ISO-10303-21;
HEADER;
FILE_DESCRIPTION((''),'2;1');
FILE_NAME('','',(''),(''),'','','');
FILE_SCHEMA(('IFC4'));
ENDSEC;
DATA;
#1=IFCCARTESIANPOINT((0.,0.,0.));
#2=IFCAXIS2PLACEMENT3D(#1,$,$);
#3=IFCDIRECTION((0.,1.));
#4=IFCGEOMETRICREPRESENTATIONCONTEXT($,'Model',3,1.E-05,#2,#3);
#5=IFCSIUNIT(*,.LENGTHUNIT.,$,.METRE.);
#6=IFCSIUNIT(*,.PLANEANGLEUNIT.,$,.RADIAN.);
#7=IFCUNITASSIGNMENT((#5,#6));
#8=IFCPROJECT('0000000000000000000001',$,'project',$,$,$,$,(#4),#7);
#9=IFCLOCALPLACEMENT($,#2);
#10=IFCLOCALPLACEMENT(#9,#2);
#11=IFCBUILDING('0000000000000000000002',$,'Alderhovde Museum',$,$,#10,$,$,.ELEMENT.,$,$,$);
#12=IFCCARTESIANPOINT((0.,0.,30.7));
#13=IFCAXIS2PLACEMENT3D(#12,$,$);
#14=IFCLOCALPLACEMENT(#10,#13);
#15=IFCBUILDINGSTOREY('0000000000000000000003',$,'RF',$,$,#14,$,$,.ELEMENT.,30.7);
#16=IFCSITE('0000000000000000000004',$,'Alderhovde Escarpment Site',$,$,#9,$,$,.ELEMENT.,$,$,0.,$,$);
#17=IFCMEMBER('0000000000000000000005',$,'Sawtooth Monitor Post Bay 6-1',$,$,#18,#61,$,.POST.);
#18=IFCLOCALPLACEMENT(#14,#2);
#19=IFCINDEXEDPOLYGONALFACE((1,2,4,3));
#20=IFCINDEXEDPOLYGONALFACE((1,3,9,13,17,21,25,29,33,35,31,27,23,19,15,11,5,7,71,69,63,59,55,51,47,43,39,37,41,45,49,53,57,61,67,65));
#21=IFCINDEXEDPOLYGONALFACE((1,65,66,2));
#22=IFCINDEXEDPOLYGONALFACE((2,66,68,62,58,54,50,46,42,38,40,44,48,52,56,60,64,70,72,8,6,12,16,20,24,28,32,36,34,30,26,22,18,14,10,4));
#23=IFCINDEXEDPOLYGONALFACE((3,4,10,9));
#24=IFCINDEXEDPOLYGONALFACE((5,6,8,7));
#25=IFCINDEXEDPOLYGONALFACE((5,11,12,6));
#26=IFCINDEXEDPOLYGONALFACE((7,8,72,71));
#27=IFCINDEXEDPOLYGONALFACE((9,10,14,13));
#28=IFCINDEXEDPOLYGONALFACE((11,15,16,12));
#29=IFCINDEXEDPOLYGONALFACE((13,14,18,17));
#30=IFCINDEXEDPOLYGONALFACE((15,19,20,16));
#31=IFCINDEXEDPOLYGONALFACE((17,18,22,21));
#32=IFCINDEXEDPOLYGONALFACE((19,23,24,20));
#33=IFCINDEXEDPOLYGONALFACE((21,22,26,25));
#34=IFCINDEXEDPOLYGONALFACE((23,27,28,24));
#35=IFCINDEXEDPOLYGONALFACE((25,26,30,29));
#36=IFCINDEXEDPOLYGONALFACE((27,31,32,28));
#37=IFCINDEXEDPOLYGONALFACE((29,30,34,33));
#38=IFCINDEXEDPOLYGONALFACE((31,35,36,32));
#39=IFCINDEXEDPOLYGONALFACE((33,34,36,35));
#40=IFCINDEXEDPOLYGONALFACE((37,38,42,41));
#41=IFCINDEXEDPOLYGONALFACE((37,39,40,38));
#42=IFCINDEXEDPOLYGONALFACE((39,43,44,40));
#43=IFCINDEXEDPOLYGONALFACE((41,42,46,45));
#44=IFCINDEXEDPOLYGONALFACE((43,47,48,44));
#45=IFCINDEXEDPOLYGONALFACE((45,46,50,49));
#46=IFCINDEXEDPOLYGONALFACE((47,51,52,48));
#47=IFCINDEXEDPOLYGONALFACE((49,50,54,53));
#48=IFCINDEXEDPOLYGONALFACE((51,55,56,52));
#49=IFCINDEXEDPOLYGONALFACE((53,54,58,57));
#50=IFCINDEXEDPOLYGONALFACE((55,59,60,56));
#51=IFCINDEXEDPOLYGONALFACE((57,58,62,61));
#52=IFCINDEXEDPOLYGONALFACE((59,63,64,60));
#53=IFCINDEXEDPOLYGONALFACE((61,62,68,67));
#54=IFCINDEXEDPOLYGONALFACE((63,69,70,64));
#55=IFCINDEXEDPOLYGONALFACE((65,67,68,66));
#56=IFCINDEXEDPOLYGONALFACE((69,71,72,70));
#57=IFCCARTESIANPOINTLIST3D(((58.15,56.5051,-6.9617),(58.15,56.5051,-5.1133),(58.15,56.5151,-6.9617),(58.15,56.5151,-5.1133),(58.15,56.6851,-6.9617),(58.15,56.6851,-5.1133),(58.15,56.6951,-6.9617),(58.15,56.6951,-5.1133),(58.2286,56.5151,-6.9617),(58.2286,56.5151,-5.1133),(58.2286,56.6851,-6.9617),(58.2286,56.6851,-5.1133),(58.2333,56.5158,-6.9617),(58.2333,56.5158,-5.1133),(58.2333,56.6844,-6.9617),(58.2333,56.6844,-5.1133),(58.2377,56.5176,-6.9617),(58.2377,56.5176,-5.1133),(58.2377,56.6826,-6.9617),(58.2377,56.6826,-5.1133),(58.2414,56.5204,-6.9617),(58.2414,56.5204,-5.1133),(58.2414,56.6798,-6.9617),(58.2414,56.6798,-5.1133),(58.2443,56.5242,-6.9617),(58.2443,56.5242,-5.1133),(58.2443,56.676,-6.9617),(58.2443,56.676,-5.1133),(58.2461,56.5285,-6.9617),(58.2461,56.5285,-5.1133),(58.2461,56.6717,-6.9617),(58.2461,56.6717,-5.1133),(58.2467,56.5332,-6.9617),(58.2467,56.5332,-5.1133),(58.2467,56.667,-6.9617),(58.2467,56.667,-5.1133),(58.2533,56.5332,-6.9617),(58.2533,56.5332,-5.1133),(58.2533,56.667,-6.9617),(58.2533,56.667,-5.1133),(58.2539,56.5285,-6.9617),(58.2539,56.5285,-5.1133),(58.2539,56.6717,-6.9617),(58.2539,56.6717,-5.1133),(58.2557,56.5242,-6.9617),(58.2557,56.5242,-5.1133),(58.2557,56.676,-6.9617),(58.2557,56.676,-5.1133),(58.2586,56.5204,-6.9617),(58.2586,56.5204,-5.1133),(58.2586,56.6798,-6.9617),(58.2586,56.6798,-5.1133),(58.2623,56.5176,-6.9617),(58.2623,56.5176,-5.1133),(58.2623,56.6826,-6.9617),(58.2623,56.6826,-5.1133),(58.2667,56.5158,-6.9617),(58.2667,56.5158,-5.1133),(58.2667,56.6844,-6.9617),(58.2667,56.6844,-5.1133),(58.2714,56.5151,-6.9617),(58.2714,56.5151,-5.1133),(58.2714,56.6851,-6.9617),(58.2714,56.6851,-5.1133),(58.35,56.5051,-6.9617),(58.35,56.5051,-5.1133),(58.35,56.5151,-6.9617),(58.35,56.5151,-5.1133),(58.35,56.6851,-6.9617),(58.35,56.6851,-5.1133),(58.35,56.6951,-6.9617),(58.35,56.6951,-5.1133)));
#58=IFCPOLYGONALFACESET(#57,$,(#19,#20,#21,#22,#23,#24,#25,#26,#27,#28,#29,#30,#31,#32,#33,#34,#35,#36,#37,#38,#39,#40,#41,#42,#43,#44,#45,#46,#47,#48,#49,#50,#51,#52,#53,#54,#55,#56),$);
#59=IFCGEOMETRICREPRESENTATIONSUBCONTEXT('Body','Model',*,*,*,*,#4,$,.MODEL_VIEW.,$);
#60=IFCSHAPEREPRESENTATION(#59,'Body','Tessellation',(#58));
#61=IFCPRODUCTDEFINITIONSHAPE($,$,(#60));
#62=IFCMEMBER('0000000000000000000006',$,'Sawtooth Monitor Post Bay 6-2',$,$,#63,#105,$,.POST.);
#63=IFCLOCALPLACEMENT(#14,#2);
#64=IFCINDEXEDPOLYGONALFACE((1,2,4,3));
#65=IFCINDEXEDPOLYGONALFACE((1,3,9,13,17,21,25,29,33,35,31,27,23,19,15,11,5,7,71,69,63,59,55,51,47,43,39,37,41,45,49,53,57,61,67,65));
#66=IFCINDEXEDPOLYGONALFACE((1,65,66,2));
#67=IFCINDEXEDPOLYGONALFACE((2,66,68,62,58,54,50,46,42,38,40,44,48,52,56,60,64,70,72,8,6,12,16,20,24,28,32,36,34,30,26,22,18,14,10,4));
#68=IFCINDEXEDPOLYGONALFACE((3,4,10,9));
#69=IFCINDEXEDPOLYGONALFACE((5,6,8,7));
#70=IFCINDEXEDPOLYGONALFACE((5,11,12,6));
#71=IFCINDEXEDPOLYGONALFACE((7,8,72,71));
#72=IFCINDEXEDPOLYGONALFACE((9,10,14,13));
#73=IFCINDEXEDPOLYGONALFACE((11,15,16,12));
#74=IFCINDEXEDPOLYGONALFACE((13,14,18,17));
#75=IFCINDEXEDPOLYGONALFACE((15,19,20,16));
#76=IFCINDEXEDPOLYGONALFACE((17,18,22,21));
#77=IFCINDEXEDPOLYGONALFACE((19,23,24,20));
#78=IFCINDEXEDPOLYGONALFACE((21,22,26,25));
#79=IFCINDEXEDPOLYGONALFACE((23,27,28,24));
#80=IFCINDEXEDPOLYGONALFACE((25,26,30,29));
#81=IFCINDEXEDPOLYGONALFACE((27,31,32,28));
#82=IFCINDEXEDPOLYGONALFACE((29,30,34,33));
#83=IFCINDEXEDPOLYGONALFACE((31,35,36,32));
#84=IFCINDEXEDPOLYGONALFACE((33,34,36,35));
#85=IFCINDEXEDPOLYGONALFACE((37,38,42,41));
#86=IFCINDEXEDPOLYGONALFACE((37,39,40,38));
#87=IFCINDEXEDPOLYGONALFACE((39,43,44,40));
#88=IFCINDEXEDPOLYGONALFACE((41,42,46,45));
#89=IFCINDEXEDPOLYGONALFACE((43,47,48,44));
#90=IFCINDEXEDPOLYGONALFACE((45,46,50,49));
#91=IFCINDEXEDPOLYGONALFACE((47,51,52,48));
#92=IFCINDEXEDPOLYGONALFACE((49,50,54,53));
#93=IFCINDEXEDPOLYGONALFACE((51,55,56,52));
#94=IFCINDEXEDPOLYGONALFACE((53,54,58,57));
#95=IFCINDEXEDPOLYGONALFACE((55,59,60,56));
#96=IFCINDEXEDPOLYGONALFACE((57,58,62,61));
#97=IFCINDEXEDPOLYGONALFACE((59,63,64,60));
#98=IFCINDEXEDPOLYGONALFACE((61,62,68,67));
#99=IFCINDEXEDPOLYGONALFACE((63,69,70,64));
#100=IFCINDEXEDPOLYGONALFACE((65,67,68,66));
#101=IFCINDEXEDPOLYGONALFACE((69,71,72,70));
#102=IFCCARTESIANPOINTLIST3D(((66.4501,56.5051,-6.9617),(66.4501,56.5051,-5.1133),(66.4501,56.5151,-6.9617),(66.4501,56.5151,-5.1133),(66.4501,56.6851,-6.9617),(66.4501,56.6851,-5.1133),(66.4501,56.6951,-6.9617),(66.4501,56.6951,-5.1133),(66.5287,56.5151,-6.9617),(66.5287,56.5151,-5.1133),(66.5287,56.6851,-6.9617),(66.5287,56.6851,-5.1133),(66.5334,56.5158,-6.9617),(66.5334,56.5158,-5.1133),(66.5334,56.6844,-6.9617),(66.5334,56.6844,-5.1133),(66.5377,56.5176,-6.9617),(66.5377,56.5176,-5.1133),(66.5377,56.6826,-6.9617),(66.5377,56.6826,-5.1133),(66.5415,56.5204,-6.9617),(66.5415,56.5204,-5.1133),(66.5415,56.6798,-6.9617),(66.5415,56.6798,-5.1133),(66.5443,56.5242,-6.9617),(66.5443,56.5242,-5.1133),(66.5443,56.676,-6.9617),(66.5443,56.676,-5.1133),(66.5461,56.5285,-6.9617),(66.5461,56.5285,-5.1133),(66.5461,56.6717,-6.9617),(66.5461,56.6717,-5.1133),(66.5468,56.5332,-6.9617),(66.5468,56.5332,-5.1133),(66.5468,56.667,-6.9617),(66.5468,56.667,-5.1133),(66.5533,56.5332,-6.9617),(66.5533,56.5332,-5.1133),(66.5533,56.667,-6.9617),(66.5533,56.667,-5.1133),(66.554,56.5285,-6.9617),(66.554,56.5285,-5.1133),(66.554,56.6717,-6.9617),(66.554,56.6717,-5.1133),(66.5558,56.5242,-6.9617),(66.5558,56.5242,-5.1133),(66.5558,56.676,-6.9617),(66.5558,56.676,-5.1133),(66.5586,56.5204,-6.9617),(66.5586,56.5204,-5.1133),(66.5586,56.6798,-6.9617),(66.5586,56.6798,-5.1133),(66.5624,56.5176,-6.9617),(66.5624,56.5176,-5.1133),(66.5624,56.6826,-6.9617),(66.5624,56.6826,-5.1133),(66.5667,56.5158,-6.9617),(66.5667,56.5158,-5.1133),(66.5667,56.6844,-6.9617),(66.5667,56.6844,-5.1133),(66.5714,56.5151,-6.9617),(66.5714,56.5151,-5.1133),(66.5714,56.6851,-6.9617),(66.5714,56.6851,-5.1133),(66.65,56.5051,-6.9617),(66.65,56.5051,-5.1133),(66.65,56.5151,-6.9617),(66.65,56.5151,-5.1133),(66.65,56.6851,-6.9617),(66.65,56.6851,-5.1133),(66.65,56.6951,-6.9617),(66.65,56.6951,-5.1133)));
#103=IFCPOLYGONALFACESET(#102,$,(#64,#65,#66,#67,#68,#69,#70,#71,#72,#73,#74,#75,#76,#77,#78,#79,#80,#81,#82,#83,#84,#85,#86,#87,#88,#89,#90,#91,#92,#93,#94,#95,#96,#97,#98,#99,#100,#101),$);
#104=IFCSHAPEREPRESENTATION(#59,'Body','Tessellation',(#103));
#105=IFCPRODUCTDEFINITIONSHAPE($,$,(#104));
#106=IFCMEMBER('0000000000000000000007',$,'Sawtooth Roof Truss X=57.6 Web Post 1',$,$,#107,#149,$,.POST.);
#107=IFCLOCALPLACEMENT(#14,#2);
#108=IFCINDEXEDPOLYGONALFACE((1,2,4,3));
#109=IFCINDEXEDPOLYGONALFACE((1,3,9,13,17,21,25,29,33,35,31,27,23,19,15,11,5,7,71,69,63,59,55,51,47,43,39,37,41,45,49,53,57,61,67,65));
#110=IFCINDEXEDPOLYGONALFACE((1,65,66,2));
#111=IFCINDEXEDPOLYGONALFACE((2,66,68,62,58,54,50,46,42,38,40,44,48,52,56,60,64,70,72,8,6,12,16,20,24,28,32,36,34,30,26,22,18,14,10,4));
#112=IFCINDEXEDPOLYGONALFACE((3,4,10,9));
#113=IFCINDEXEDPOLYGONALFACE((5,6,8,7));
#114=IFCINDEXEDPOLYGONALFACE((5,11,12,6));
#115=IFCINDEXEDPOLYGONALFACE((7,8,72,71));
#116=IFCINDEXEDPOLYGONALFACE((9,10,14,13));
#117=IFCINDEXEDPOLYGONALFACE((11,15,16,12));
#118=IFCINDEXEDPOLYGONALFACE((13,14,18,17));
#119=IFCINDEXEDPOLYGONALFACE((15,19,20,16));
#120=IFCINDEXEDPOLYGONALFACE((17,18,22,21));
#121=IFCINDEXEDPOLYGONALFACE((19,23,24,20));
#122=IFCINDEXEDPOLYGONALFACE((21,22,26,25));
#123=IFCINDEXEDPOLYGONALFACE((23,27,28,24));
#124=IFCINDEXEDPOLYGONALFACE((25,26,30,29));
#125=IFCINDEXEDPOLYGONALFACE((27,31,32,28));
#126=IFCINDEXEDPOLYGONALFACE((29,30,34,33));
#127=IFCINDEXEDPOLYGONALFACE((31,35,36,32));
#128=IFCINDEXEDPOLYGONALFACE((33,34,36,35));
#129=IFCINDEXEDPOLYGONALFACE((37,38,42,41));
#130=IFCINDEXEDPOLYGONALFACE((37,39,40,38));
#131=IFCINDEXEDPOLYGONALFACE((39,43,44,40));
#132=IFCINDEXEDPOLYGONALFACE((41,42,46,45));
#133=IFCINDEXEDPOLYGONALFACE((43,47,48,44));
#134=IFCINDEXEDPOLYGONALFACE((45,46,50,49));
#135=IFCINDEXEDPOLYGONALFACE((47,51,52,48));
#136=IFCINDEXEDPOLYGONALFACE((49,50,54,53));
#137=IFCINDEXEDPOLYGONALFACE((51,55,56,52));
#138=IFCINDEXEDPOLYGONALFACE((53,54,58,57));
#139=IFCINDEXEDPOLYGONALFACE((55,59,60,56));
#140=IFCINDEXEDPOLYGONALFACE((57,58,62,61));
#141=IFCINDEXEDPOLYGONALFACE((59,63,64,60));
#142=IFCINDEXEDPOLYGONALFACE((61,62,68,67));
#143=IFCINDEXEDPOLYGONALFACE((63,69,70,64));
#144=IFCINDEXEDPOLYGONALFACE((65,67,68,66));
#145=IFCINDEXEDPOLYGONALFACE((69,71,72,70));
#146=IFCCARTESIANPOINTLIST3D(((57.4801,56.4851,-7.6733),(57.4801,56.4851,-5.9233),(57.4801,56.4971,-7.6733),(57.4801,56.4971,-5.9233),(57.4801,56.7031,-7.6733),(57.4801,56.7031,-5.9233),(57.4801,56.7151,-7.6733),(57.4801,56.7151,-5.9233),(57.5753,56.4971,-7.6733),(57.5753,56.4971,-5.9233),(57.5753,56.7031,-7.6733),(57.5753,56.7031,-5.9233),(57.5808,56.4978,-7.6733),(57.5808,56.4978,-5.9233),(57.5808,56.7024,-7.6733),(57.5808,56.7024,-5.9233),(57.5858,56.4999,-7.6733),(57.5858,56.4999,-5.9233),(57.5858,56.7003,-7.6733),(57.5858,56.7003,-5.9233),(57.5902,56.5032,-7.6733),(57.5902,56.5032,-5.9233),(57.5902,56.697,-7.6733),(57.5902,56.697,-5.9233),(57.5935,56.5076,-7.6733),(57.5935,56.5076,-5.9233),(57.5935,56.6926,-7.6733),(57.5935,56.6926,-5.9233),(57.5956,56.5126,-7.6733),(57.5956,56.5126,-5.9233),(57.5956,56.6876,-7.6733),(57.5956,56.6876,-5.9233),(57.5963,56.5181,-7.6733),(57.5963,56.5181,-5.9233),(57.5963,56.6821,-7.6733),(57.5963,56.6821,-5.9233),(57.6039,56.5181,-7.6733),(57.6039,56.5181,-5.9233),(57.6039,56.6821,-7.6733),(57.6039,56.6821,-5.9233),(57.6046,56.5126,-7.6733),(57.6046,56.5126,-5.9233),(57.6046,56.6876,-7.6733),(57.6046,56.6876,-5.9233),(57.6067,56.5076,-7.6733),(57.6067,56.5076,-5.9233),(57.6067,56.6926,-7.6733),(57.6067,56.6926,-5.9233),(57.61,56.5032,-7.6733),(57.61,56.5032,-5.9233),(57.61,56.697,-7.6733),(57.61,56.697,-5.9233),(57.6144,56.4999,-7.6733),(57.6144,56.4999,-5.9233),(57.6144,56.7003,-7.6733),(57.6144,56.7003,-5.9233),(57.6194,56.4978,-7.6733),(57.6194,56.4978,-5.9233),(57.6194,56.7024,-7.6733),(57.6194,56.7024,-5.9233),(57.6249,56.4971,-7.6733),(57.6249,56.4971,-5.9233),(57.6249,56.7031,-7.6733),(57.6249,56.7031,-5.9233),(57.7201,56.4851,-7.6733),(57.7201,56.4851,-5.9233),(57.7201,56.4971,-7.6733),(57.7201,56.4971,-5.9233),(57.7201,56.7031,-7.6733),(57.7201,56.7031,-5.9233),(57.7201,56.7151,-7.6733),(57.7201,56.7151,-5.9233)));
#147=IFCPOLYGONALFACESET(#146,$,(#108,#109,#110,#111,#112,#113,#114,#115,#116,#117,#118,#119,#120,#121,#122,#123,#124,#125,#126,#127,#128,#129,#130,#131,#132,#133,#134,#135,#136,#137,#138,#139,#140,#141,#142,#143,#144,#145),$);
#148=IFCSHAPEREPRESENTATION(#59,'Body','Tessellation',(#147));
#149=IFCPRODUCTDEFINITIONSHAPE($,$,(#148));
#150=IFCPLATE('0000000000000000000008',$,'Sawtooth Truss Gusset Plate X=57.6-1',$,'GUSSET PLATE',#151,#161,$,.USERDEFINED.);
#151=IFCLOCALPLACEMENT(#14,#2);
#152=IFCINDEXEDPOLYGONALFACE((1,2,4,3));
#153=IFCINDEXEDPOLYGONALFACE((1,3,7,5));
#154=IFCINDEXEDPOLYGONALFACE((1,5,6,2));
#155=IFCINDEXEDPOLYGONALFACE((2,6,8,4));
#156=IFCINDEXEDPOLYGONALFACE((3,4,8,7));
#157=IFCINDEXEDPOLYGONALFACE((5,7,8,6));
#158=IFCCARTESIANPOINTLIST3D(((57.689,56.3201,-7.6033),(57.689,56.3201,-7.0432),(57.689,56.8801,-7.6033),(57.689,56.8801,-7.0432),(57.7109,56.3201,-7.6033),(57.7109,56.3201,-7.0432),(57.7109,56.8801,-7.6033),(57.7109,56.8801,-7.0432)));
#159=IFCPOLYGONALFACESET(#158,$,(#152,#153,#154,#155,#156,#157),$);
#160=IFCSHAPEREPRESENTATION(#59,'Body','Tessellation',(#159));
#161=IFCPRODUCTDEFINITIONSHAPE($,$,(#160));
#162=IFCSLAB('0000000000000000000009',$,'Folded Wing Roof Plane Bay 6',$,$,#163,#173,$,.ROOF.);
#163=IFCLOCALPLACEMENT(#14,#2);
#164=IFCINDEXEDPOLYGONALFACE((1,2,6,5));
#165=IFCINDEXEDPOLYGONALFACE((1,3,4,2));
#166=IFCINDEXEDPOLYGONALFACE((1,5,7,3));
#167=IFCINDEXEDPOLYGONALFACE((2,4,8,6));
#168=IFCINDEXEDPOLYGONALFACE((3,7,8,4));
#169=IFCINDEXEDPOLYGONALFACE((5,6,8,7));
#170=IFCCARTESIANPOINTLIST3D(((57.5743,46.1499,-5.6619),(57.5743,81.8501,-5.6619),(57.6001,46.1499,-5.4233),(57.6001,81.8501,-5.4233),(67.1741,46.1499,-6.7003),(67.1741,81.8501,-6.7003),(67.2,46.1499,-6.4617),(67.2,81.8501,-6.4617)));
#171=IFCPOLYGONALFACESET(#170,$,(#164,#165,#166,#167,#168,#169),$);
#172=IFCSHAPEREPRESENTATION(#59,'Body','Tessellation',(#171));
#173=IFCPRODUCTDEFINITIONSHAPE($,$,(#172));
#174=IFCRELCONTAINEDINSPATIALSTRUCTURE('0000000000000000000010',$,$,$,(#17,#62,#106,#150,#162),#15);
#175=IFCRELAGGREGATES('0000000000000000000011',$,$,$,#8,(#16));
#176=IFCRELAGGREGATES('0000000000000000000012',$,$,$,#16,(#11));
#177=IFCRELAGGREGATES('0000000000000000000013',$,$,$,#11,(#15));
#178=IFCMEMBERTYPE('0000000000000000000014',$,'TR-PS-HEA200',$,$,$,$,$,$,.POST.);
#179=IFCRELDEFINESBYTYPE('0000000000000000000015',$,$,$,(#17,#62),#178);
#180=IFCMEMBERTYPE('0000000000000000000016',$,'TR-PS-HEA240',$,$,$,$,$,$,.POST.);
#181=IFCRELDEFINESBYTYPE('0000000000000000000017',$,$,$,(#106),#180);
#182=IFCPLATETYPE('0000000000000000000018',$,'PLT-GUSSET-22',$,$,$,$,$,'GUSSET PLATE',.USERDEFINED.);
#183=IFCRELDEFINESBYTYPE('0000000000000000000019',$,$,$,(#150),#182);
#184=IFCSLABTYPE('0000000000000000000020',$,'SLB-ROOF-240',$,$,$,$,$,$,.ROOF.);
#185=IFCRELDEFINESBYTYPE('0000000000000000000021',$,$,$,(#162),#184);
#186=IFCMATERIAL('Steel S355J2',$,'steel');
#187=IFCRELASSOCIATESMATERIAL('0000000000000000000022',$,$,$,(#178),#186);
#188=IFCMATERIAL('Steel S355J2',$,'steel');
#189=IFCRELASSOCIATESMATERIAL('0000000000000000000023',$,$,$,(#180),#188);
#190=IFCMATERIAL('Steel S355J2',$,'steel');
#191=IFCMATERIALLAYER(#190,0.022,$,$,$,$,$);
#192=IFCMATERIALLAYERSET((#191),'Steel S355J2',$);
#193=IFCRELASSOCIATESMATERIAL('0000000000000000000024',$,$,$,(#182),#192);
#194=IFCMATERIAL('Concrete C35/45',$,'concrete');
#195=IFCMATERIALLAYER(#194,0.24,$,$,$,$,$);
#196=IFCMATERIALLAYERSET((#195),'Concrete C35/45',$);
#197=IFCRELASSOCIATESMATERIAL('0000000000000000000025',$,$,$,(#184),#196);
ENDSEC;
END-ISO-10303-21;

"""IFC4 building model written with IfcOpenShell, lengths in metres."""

from ifc_helpers import new_model, si_unit, direction, frame, origin, origin_2d, place, context, subcontext, project, spatial, polyline, rectangle, i_section, outline, extrude, material, layer, layer_set, material_profile, profile_set, type_object, element, save


model = new_model("IFC4")

# Units and contexts
model_context = context("Model", 3, precision=1e-05, world=origin(), true_north=direction((0.0, 1.0)))
body_context = subcontext(model_context, "Body", "Model", "MODEL_VIEW")
ifc_project = project(units=[si_unit("LENGTHUNIT", "METRE"), si_unit("PLANEANGLEUNIT", "RADIAN")], contexts=[model_context])

# Site, building, storey
site_placement = place(None, origin())
site = spatial("IfcSite", under=ifc_project, at=site_placement, Name="Alderhovde Escarpment Site", CompositionType="ELEMENT", RefElevation=0.0)
building_placement = place(site_placement, origin())
building = spatial("IfcBuilding", under=site, at=building_placement, Name="Alderhovde Museum", CompositionType="ELEMENT")
storey_placement = place(building_placement, frame((0.0, 0.0, 30.7)))
storey = spatial("IfcBuildingStorey", under=building, at=storey_placement, Name="RF", CompositionType="ELEMENT", Elevation=30.7)

# Members
ifc_material_1 = material(Name="Steel S355J2", Category="steel")
ifc_material_profile_1 = material_profile(ifc_material_1, i_section(OverallWidth=0.2, OverallDepth=0.1899, WebThickness=0.0066, FlangeThickness=0.01, FilletRadius=0.0181, at=origin_2d()), Name="HEA 200")
ifc_profile_set_1 = profile_set([ifc_material_profile_1], Name="Steel S355J2")
member_type_1 = type_object("IfcMemberType", Name="TR-PS-HEA200", PredefinedType="POST", material=ifc_profile_set_1)
for number, where, z_axis, x_axis, name in (
    (1, (58.25, 56.6001, -6.9617), (0.0, 0.0, 1.0), (1.0, 0.0, 0.0), "Sawtooth Monitor Post Bay 6-1"),
    (2, (66.55, 56.6001, -6.9617), (0.0, 0.0, 1.0), (1.0, 0.0, 0.0), "Sawtooth Monitor Post Bay 6-2"),
):
    element("IfcMember", number, at=place(storey_placement, frame(where, z_axis=z_axis, x_axis=x_axis)), inside=storey, type_object=member_type_1, Name=name, PredefinedType="POST", context=body_context, shape_type="SweptSolid", body=[
        extrude(i_section(OverallWidth=0.2, OverallDepth=0.1899, WebThickness=0.0066, FlangeThickness=0.01, FilletRadius=0.0181, at=origin_2d()), origin(), (0.0, 0.0, 1.0), 1.8484),
    ])
ifc_material_2 = material(Name="Steel S355J2", Category="steel")
ifc_material_profile_2 = material_profile(ifc_material_2, i_section(OverallWidth=0.24, OverallDepth=0.23, WebThickness=0.0076, FlangeThickness=0.012, FilletRadius=0.021, at=origin_2d()), Name="HEA 240")
ifc_profile_set_2 = profile_set([ifc_material_profile_2], Name="Steel S355J2")
member_type_2 = type_object("IfcMemberType", Name="TR-PS-HEA240", PredefinedType="POST", material=ifc_profile_set_2)
member_1_placement = place(storey_placement, frame((57.6001, 56.6001, -7.6733), z_axis=(0.0, 0.0, 1.0), x_axis=(1.0, 0.0, 0.0)))
element("IfcMember", 3, at=member_1_placement, inside=storey, type_object=member_type_2, Name="Sawtooth Roof Truss X=57.6 Web Post 1", PredefinedType="POST", context=body_context, shape_type="SweptSolid", body=[
    extrude(i_section(OverallWidth=0.24, OverallDepth=0.23, WebThickness=0.0076, FlangeThickness=0.012, FilletRadius=0.021, at=origin_2d()), origin(), (0.0, 0.0, 1.0), 1.75),
])

# Plate
ifc_material_3 = material(Name="Steel S355J2", Category="steel")
ifc_layer_1 = layer(ifc_material_3, 0.022)
ifc_layer_set_1 = layer_set([ifc_layer_1], Name="Steel S355J2")
plate_type = type_object("IfcPlateType", Name="PLT-GUSSET-22", ElementType="GUSSET PLATE", PredefinedType="USERDEFINED", material=ifc_layer_set_1)
plate_placement = place(storey_placement, frame((57.7, 56.6001, -7.6033), z_axis=(0.0, 0.0, 1.0), x_axis=(1.0, 0.0, 0.0)))
element("IfcPlate", 4, at=plate_placement, inside=storey, type_object=plate_type, Name="Sawtooth Truss Gusset Plate X=57.6-1", ObjectType="GUSSET PLATE", PredefinedType="USERDEFINED", context=body_context, shape_type="SweptSolid", body=[
    extrude(rectangle(XDim=0.022, YDim=0.5601, at=origin_2d()), origin(), (0.0, 0.0, 1.0), 0.5601),
])

# Slab
ifc_material_4 = material(Name="Concrete C35/45", Category="concrete")
ifc_layer_2 = layer(ifc_material_4, 0.24)
ifc_layer_set_2 = layer_set([ifc_layer_2], Name="Concrete C35/45")
slab_type = type_object("IfcSlabType", Name="SLB-ROOF-240", PredefinedType="ROOF", material=ifc_layer_set_2)
slab_1_placement = place(storey_placement, frame((57.6001, 46.1499, -5.4233), z_axis=(0.107534, 0.0, 0.994201), x_axis=(0.994201, 0.0, -0.107534)))
element("IfcSlab", 5, at=slab_1_placement, inside=storey, type_object=slab_type, Name="Folded Wing Roof Plane Bay 6", PredefinedType="ROOF", context=body_context, shape_type="SweptSolid", body=[
    extrude(outline(polyline([(0.0, 0.0), (9.6558, 0.0), (9.6558, 35.7002), (0.0, 35.7002), (0.0, 0.0)])), origin(), (0.0, 0.0, -1.0), 0.24),
])

save(model, "model.ifc")
